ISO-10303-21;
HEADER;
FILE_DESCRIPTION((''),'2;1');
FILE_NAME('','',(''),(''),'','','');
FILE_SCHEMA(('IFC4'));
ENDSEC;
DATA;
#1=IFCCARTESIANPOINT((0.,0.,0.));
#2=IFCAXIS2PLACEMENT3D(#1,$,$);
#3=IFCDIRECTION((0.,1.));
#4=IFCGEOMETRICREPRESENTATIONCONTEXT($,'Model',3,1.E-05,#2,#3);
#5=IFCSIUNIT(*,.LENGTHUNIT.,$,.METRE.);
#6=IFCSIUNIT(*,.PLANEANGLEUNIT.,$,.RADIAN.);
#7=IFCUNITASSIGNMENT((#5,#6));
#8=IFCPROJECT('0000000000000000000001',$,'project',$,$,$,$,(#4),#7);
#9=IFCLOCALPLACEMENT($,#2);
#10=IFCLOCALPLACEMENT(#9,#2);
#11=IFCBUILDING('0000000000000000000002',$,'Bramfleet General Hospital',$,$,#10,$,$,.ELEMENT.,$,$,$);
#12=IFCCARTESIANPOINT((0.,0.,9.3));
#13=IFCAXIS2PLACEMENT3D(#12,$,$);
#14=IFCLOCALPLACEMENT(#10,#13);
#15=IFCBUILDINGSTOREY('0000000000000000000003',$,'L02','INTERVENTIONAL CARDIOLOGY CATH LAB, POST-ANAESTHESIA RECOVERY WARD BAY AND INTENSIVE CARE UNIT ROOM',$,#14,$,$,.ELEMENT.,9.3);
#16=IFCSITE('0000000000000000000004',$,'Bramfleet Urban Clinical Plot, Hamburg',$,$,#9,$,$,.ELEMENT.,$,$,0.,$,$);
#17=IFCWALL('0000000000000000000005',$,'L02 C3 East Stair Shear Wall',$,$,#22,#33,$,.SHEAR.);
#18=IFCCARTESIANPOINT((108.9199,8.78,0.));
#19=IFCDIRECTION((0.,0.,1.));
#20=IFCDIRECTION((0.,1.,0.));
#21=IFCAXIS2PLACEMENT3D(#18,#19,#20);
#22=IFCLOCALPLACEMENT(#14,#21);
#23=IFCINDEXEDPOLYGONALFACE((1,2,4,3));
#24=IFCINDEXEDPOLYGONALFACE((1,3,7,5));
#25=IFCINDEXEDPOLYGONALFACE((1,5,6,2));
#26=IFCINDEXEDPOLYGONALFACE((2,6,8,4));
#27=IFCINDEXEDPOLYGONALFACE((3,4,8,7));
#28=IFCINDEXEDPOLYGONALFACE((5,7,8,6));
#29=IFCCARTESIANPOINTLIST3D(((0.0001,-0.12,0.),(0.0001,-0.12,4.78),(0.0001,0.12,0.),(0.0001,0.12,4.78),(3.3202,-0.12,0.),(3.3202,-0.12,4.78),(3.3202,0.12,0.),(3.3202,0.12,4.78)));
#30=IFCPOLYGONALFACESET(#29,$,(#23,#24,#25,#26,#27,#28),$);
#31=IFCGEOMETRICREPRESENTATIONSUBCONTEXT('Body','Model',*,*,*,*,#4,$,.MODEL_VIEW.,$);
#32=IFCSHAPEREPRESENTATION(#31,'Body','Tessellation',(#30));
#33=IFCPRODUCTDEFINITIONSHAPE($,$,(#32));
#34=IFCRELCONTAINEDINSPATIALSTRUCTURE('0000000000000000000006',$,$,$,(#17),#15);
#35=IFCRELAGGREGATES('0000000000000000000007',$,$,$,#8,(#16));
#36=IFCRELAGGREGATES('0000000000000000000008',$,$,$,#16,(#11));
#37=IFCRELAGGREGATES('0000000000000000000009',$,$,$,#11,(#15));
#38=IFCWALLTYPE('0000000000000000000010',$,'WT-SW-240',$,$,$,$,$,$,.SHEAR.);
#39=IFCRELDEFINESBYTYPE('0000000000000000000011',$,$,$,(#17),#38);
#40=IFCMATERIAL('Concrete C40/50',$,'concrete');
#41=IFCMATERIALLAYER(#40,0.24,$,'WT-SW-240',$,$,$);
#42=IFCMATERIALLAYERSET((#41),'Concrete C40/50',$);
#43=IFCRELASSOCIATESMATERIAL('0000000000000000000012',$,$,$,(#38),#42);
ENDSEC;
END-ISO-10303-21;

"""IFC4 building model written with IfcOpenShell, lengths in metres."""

from ifc_helpers import new_model, si_unit, direction, frame, frame_2d, origin, place, context, subcontext, project, spatial, rectangle, extrude, material, layer, layer_set, type_object, element, save


model = new_model("IFC4")

# Units and contexts
model_context = context("Model", 3, precision=1e-05, world=origin(), true_north=direction((0.0, 1.0)))
body_context = subcontext(model_context, "Body", "Model", "MODEL_VIEW")
ifc_project = project(units=[si_unit("LENGTHUNIT", "METRE"), si_unit("PLANEANGLEUNIT", "RADIAN")], contexts=[model_context])

# Site, building, storey
site_placement = place(None, origin())
site = spatial("IfcSite", under=ifc_project, at=site_placement, Name="Bramfleet Urban Clinical Plot, Hamburg", CompositionType="ELEMENT", RefElevation=0.0)
building_placement = place(site_placement, origin())
building = spatial("IfcBuilding", under=site, at=building_placement, Name="Bramfleet General Hospital", CompositionType="ELEMENT")
storey_placement = place(building_placement, frame((0.0, 0.0, 9.3)))
storey = spatial("IfcBuildingStorey", under=building, at=storey_placement, Name="L02", Description="INTERVENTIONAL CARDIOLOGY CATH LAB, POST-ANAESTHESIA RECOVERY WARD BAY AND INTENSIVE CARE UNIT ROOM", CompositionType="ELEMENT", Elevation=9.3)

# Wall
ifc_material_1 = material(Name="Concrete C40/50", Category="concrete")
ifc_layer_1 = layer(ifc_material_1, 0.24, Name="WT-SW-240")
ifc_layer_set_1 = layer_set([ifc_layer_1], Name="Concrete C40/50")
wall_type_1 = type_object("IfcWallType", Name="WT-SW-240", PredefinedType="SHEAR", material=ifc_layer_set_1)
wall_1_placement = place(storey_placement, frame((108.9199, 8.78, 0.0), z_axis=(0.0, 0.0, 1.0), x_axis=(0.0, 1.0, 0.0)))
element("IfcWall", 1, at=wall_1_placement, inside=storey, type_object=wall_type_1, Name="L02 C3 East Stair Shear Wall", PredefinedType="SHEAR", context=body_context, shape_type="SweptSolid", body=[
    extrude(rectangle(XDim=3.3201, YDim=0.24, at=frame_2d((1.6602, 0.0))), origin(), (0.0, 0.0, 1.0), 4.78),
])

save(model, "model.ifc")
